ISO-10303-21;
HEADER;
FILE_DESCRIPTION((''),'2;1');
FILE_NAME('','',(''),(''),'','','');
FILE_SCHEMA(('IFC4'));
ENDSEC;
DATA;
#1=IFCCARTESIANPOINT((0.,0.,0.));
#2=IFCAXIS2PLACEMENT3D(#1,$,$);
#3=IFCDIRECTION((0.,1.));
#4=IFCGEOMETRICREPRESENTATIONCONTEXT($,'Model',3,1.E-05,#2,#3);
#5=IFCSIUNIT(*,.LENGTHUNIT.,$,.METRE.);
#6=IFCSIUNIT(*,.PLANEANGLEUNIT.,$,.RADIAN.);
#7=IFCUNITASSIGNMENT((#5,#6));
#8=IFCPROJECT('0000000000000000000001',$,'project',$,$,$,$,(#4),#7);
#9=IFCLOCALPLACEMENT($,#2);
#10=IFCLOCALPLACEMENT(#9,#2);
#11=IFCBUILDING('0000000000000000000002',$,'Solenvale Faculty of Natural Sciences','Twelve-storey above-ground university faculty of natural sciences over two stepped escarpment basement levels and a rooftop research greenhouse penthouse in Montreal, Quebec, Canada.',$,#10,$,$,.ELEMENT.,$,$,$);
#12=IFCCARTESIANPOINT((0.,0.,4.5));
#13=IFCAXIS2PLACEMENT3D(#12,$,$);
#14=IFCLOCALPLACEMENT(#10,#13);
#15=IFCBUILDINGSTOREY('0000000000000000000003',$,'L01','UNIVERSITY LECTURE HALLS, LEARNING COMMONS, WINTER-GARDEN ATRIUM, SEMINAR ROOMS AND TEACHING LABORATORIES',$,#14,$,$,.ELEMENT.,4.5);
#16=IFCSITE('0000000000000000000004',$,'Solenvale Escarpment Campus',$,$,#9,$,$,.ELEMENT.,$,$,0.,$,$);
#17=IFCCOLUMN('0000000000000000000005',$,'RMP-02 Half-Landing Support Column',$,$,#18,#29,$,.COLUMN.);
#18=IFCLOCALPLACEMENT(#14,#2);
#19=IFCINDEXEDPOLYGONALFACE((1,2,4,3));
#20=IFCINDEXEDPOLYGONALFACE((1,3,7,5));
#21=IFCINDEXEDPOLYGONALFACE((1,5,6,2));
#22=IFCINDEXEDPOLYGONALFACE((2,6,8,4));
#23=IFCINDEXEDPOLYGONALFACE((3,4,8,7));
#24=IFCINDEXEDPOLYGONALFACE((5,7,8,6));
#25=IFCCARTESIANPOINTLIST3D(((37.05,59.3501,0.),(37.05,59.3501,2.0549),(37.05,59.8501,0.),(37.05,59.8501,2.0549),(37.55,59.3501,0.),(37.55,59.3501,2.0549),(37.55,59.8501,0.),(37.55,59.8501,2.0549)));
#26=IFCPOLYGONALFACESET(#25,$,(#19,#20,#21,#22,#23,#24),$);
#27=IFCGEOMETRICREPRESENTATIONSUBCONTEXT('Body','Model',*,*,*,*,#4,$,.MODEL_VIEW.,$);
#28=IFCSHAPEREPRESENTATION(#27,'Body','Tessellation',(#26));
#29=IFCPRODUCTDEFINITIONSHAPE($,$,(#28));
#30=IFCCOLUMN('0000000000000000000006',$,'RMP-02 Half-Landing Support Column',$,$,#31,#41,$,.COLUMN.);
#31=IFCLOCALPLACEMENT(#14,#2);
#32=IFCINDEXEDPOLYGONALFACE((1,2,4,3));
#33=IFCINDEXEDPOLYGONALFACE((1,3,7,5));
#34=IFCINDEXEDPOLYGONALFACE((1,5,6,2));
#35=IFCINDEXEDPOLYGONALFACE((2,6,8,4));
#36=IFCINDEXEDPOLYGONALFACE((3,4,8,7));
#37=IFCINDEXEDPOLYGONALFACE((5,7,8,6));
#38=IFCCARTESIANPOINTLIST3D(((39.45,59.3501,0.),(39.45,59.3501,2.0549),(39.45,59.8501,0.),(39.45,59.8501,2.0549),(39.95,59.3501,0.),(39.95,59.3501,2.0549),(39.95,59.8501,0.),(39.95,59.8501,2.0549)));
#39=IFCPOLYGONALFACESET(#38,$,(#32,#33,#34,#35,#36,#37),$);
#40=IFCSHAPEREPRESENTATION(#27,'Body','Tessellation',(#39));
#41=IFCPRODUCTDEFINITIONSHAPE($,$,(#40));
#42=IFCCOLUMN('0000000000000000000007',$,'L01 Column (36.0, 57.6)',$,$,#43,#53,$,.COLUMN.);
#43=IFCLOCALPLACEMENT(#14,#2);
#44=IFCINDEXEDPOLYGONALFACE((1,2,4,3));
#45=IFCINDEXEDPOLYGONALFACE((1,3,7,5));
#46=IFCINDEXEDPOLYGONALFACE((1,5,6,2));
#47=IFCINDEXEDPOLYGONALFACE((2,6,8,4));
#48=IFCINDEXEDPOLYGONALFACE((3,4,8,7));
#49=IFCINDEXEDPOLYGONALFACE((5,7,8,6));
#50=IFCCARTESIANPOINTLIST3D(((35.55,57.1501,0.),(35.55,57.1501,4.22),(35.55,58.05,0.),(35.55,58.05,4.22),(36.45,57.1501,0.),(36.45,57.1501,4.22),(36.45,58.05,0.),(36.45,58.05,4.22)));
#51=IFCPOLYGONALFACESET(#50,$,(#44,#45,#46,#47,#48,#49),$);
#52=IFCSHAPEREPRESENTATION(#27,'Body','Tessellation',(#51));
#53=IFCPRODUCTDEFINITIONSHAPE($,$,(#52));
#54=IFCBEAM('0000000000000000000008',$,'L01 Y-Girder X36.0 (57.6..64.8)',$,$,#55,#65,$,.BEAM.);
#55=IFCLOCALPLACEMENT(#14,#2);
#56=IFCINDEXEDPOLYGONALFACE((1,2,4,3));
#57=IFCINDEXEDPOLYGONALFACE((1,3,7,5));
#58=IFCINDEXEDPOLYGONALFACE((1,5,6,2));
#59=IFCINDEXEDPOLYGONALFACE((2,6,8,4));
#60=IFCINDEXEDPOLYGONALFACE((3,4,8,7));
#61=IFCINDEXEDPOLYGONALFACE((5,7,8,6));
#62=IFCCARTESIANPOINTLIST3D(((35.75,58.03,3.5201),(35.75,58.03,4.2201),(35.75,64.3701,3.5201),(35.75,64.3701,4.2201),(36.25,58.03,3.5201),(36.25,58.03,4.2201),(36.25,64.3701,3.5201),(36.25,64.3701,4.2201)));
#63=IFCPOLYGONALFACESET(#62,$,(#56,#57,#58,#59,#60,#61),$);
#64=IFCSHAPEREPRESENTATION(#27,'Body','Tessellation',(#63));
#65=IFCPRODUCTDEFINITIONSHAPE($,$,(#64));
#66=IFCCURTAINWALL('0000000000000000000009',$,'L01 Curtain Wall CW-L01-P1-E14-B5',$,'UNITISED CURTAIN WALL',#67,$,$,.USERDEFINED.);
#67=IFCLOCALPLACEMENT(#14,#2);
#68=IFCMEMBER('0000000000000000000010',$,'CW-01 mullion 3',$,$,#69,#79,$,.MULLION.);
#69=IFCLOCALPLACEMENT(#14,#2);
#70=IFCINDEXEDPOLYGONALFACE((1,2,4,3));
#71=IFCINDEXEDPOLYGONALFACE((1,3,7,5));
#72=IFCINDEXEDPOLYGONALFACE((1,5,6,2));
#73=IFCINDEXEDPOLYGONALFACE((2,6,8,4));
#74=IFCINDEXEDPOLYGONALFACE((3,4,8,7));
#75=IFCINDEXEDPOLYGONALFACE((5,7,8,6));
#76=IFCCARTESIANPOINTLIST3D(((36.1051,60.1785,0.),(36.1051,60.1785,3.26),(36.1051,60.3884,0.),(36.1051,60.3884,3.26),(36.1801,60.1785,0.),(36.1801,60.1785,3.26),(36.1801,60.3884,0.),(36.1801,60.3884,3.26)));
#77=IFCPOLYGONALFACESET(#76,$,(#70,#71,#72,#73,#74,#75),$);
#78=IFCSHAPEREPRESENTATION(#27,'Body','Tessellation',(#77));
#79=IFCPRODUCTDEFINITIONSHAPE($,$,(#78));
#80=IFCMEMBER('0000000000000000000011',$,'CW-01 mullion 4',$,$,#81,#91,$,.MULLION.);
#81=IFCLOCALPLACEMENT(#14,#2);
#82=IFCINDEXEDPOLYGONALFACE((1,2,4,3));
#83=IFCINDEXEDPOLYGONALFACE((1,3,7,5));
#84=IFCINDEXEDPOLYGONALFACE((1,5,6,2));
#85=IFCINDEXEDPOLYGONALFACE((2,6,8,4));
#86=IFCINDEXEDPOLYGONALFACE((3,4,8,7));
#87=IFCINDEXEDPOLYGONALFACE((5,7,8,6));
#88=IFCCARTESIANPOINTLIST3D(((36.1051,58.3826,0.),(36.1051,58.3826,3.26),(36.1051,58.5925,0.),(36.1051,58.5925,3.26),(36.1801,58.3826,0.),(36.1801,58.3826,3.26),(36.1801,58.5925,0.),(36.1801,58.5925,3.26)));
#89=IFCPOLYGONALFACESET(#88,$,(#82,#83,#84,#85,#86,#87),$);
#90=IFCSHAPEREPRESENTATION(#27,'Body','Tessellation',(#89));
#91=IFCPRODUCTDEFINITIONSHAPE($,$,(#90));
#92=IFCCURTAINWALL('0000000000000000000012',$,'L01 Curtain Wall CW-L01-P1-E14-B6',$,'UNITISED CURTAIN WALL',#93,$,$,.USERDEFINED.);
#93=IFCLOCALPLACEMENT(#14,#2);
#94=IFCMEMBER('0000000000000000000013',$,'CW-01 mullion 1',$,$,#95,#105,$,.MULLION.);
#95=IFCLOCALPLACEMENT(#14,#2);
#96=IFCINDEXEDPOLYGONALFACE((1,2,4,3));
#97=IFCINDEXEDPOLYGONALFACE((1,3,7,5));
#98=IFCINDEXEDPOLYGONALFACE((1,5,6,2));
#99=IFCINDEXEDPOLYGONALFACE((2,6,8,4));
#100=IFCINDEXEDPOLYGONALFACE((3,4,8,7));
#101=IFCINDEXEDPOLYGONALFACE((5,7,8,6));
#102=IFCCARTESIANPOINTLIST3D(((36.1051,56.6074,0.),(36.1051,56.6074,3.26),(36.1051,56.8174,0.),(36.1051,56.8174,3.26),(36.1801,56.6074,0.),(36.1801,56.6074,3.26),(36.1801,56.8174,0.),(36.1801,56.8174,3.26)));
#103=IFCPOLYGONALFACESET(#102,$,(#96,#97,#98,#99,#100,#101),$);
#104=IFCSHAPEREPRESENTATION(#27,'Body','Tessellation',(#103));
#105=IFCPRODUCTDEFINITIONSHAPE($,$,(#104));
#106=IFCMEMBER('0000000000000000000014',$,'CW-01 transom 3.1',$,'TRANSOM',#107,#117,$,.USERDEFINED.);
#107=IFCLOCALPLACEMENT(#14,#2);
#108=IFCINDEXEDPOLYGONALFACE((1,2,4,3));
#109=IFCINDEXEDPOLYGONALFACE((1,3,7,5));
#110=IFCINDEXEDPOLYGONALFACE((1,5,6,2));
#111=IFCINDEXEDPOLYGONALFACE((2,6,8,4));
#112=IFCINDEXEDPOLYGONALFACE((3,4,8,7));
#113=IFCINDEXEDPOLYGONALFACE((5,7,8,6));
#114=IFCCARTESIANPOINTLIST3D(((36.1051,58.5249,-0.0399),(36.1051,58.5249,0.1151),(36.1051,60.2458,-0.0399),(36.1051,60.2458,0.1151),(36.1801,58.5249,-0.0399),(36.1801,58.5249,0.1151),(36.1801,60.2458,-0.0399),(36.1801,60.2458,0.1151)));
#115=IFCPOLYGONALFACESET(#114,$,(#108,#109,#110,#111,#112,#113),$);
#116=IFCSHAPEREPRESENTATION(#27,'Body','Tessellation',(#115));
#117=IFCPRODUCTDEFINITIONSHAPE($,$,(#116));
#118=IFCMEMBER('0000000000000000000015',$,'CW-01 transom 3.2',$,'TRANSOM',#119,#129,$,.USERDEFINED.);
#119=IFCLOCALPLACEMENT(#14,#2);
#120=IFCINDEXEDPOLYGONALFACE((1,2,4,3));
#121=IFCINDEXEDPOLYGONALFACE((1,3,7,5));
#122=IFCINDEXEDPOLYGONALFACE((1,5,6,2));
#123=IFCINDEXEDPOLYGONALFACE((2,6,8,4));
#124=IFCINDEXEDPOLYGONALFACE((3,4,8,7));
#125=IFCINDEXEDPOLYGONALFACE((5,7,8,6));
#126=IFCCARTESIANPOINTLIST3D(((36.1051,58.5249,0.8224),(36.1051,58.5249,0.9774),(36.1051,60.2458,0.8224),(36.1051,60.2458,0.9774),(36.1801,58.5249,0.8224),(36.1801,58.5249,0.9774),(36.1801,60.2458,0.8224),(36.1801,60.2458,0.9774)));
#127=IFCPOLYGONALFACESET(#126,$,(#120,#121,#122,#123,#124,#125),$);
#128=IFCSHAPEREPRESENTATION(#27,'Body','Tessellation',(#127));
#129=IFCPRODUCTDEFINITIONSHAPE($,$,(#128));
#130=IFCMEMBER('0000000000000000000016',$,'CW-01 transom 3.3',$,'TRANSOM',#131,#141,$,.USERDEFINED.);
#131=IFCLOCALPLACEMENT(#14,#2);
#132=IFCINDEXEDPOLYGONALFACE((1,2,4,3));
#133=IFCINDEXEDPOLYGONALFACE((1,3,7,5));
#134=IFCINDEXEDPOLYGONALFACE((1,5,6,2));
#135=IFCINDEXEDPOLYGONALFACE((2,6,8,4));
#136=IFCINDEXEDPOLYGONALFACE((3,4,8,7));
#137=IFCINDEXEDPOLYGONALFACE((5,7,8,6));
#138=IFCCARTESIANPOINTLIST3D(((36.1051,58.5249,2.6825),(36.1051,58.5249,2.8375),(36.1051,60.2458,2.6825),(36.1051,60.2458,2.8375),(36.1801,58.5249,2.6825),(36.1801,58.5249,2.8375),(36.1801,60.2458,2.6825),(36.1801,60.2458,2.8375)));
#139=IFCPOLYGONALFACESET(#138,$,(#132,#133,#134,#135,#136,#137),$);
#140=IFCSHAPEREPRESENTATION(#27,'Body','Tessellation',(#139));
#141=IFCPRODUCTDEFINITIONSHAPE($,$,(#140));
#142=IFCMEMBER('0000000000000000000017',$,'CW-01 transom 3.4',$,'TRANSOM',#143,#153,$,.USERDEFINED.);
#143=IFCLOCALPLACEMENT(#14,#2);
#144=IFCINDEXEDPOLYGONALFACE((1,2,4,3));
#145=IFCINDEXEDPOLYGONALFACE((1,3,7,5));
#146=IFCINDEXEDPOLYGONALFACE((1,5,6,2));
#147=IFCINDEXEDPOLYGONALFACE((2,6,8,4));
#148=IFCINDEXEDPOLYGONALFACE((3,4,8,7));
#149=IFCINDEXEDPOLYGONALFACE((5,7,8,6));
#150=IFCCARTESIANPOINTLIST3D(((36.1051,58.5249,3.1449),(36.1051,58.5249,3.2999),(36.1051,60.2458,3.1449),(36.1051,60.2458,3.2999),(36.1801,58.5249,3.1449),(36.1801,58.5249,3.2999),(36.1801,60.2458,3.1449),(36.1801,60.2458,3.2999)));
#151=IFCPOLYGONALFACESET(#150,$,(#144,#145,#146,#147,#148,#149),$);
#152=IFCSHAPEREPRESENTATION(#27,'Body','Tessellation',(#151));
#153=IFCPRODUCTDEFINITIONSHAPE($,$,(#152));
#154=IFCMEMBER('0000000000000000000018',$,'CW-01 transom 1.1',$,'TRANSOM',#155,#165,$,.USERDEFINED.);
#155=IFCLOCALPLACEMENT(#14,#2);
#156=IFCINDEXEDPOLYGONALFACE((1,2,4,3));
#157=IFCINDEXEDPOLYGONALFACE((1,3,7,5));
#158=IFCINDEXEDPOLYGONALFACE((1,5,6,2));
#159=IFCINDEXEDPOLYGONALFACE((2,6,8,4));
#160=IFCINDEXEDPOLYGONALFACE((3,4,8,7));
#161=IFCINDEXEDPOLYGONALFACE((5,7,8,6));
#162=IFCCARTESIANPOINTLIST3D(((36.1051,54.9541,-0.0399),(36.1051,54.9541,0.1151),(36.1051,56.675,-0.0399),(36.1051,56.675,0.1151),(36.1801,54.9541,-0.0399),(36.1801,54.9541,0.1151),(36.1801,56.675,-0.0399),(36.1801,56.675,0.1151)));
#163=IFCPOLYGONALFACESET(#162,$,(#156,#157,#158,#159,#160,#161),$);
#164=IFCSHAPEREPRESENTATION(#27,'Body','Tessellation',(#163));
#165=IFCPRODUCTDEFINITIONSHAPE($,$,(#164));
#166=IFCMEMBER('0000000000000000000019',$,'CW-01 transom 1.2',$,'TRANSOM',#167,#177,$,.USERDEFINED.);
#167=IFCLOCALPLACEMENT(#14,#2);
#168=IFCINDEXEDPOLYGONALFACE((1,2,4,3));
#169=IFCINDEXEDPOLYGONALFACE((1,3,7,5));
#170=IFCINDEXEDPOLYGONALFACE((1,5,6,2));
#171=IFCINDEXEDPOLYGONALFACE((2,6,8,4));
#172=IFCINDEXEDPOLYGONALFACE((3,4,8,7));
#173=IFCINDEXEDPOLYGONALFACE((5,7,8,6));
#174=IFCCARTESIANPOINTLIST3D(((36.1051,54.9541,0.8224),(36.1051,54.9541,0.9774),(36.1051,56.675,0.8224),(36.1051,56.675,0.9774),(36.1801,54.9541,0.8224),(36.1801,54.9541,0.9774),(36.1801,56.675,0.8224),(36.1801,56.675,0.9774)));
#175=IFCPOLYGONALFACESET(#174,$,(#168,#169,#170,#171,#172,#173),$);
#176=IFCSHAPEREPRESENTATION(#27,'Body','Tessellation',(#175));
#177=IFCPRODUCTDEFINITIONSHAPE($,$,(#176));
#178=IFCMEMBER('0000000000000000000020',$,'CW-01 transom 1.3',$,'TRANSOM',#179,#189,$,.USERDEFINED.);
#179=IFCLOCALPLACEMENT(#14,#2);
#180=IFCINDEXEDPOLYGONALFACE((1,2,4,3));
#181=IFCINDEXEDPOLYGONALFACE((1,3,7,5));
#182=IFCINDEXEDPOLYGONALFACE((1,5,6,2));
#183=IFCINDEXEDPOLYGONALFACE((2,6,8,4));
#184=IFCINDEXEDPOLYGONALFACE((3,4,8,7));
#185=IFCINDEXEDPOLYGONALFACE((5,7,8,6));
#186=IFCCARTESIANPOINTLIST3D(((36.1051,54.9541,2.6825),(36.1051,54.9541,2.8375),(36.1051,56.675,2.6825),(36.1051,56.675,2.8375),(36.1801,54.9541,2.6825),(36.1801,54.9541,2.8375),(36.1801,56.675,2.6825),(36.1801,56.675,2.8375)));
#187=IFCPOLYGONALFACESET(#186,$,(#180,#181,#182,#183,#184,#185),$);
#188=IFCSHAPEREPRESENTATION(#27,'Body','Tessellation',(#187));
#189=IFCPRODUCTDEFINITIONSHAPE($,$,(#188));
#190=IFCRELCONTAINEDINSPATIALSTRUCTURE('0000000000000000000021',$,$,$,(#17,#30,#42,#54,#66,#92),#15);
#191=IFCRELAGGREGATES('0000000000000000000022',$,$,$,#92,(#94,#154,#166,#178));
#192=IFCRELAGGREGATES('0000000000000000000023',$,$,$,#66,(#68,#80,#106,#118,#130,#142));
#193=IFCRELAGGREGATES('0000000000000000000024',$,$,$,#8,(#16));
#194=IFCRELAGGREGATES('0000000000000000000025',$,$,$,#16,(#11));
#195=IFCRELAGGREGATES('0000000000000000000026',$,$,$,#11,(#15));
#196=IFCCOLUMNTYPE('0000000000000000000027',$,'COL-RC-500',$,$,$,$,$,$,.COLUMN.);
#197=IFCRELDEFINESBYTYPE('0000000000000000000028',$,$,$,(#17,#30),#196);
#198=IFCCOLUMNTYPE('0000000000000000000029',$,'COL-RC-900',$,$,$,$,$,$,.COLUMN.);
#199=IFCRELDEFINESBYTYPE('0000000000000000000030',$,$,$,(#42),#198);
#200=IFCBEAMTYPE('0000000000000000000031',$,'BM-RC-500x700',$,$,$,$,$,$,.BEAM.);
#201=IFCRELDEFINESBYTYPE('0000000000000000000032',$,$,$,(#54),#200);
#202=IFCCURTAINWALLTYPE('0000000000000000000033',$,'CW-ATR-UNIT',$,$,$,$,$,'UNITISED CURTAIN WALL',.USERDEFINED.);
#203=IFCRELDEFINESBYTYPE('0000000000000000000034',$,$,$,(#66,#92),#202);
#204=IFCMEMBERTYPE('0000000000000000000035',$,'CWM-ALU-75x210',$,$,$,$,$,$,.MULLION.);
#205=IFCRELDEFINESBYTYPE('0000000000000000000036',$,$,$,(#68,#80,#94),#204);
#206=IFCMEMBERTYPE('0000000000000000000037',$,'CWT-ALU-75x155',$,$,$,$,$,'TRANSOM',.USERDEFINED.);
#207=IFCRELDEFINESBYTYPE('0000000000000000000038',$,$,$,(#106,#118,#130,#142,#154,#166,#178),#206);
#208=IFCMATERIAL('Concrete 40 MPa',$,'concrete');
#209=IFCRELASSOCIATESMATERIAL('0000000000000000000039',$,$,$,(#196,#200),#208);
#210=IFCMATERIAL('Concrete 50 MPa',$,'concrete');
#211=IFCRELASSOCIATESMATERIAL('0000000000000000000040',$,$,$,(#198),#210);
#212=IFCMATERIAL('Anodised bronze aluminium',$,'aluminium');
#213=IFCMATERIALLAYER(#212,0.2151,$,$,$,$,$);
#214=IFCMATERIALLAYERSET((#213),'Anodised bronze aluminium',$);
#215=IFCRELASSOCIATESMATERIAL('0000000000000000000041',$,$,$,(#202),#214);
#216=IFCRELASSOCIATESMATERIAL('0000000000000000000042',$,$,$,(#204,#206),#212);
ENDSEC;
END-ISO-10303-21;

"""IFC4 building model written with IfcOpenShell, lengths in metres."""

from ifc_helpers import new_model, si_unit, direction, frame, origin, origin_2d, place, context, subcontext, project, spatial, rectangle, extrude, material, layer, layer_set, material_profile, profile_set, type_object, element, aggregate, save


model = new_model("IFC4")

# Units and contexts
model_context = context("Model", 3, precision=1e-05, world=origin(), true_north=direction((0.0, 1.0)))
body_context = subcontext(model_context, "Body", "Model", "MODEL_VIEW")
ifc_project = project(units=[si_unit("LENGTHUNIT", "METRE"), si_unit("PLANEANGLEUNIT", "RADIAN")], contexts=[model_context])

# Site, building, storey
site_placement = place(None, origin())
site = spatial("IfcSite", under=ifc_project, at=site_placement, Name="Solenvale Escarpment Campus", CompositionType="ELEMENT", RefElevation=0.0)
building_placement = place(site_placement, origin())
building = spatial("IfcBuilding", under=site, at=building_placement, Name="Solenvale Faculty of Natural Sciences", Description="Twelve-storey above-ground university faculty of natural sciences over two stepped escarpment basement levels and a rooftop research greenhouse penthouse in Montreal, Quebec, Canada.", CompositionType="ELEMENT")
storey_placement = place(building_placement, frame((0.0, 0.0, 4.5)))
storey = spatial("IfcBuildingStorey", under=building, at=storey_placement, Name="L01", Description="UNIVERSITY LECTURE HALLS, LEARNING COMMONS, WINTER-GARDEN ATRIUM, SEMINAR ROOMS AND TEACHING LABORATORIES", CompositionType="ELEMENT", Elevation=4.5)

# Columns
ifc_material_1 = material(Name="Concrete 40 MPa", Category="concrete")
ifc_material_profile_1 = material_profile(ifc_material_1, rectangle(XDim=0.5, YDim=0.5, at=origin_2d()), Name="RC-COL-500x500")
ifc_profile_set_1 = profile_set([ifc_material_profile_1], Name="Concrete 40 MPa")
column_type_1 = type_object("IfcColumnType", Name="COL-RC-500", PredefinedType="COLUMN", material=ifc_profile_set_1)
for number, where, z_axis, x_axis, name in (
    (1, (37.3, 59.6001, 0.0), (0.0, 0.0, 1.0), (1.0, 0.0, 0.0), "RMP-02 Half-Landing Support Column"),
    (2, (39.7, 59.6001, 0.0), (0.0, 0.0, 1.0), (1.0, 0.0, 0.0), "RMP-02 Half-Landing Support Column"),
):
    element("IfcColumn", number, at=place(storey_placement, frame(where, z_axis=z_axis, x_axis=x_axis)), inside=storey, type_object=column_type_1, Name=name, PredefinedType="COLUMN", context=body_context, shape_type="SweptSolid", body=[
        extrude(rectangle(XDim=0.5, YDim=0.5, at=origin_2d()), origin(), (0.0, 0.0, 1.0), 2.0549),
    ])
ifc_material_2 = material(Name="Concrete 50 MPa", Category="concrete")
ifc_material_profile_2 = material_profile(ifc_material_2, rectangle(XDim=0.8999, YDim=0.8999, at=origin_2d()), Name="RC-COL-900x900")
ifc_profile_set_2 = profile_set([ifc_material_profile_2], Name="Concrete 50 MPa")
column_type_2 = type_object("IfcColumnType", Name="COL-RC-900", PredefinedType="COLUMN", material=ifc_profile_set_2)
column_placement = place(storey_placement, frame((36.0, 57.6001, 0.0), z_axis=(0.0, 0.0, 1.0), x_axis=(1.0, 0.0, 0.0)))
element("IfcColumn", 3, at=column_placement, inside=storey, type_object=column_type_2, Name="L01 Column (36.0, 57.6)", PredefinedType="COLUMN", context=body_context, shape_type="SweptSolid", body=[
    extrude(rectangle(XDim=0.8999, YDim=0.8999, at=origin_2d()), origin(), (0.0, 0.0, 1.0), 4.22),
])

# Beam
ifc_material_profile_3 = material_profile(ifc_material_1, rectangle(XDim=0.5, YDim=0.7, at=origin_2d()), Name="RC-BM-500x700")
ifc_profile_set_3 = profile_set([ifc_material_profile_3], Name="Concrete 40 MPa")
beam_type = type_object("IfcBeamType", Name="BM-RC-500x700", PredefinedType="BEAM", material=ifc_profile_set_3)
beam_placement = place(storey_placement, frame((36.0, 58.03, 3.8701), z_axis=(0.0, 1.0, 0.0), x_axis=(-1.0, 0.0, 0.0)))
element("IfcBeam", 4, at=beam_placement, inside=storey, type_object=beam_type, Name="L01 Y-Girder X36.0 (57.6..64.8)", PredefinedType="BEAM", context=body_context, shape_type="SweptSolid", body=[
    extrude(rectangle(XDim=0.5, YDim=0.7, at=origin_2d()), origin(), (0.0, 0.0, 1.0), 6.3401),
])

# Curtain wall, members
ifc_material_3 = material(Name="Anodised bronze aluminium", Category="aluminium")
ifc_layer_1 = layer(ifc_material_3, 0.2151)
ifc_layer_set_1 = layer_set([ifc_layer_1], Name="Anodised bronze aluminium")
curtain_wall_type = type_object("IfcCurtainWallType", Name="CW-ATR-UNIT", ElementType="UNITISED CURTAIN WALL", PredefinedType="USERDEFINED", material=ifc_layer_set_1)
curtain_wall_1_placement = place(storey_placement, origin())
curtain_wall_1 = element("IfcCurtainWall", 5, at=curtain_wall_1_placement, inside=storey, type_object=curtain_wall_type, Name="L01 Curtain Wall CW-L01-P1-E14-B5", ObjectType="UNITISED CURTAIN WALL", PredefinedType="USERDEFINED")
ifc_material_profile_4 = material_profile(ifc_material_3, rectangle(XDim=0.075, YDim=0.21, at=origin_2d()), Name="ALU-MUL-75x210")
ifc_profile_set_4 = profile_set([ifc_material_profile_4], Name="Anodised bronze aluminium")
member_type_1 = type_object("IfcMemberType", Name="CWM-ALU-75x210", PredefinedType="MULLION", material=ifc_profile_set_4)
member_1_placement = place(storey_placement, frame((36.1426, 60.2834, 0.0), z_axis=(0.0, 0.0, 1.0), x_axis=(1.0, 0.0, 0.0)))
member_1 = element("IfcMember", 6, at=member_1_placement, type_object=member_type_1, Name="CW-01 mullion 3", PredefinedType="MULLION", context=body_context, shape_type="SweptSolid", body=[
    extrude(rectangle(XDim=0.075, YDim=0.21, at=origin_2d()), origin(), (0.0, 0.0, 1.0), 3.26),
])
member_2_placement = place(storey_placement, frame((36.1426, 58.4875, 0.0), z_axis=(0.0, 0.0, 1.0), x_axis=(1.0, 0.0, 0.0)))
member_2 = element("IfcMember", 7, at=member_2_placement, type_object=member_type_1, Name="CW-01 mullion 4", PredefinedType="MULLION", context=body_context, shape_type="SweptSolid", body=[
    extrude(rectangle(XDim=0.075, YDim=0.21, at=origin_2d()), origin(), (0.0, 0.0, 1.0), 3.26),
])

# Curtain wall, member
curtain_wall_2_placement = place(storey_placement, origin())
curtain_wall_2 = element("IfcCurtainWall", 8, at=curtain_wall_2_placement, inside=storey, type_object=curtain_wall_type, Name="L01 Curtain Wall CW-L01-P1-E14-B6", ObjectType="UNITISED CURTAIN WALL", PredefinedType="USERDEFINED")
member_3_placement = place(storey_placement, frame((36.1426, 56.7124, 0.0), z_axis=(0.0, 0.0, 1.0), x_axis=(1.0, 0.0, 0.0)))
member_3 = element("IfcMember", 9, at=member_3_placement, type_object=member_type_1, Name="CW-01 mullion 1", PredefinedType="MULLION", context=body_context, shape_type="SweptSolid", body=[
    extrude(rectangle(XDim=0.075, YDim=0.21, at=origin_2d()), origin(), (0.0, 0.0, 1.0), 3.26),
])

# Members
ifc_material_profile_5 = material_profile(ifc_material_3, rectangle(XDim=0.075, YDim=0.155, at=origin_2d()), Name="ALU-TRN-75x155")
ifc_profile_set_5 = profile_set([ifc_material_profile_5], Name="Anodised bronze aluminium")
member_type_2 = type_object("IfcMemberType", Name="CWT-ALU-75x155", ElementType="TRANSOM", PredefinedType="USERDEFINED", material=ifc_profile_set_5)
member_4_placement = place(storey_placement, frame((36.1426, 60.2458, 0.0376), z_axis=(0.0, -1.0, 0.0), x_axis=(1.0, 0.0, 0.0)))
member_4 = element("IfcMember", 10, at=member_4_placement, type_object=member_type_2, Name="CW-01 transom 3.1", ObjectType="TRANSOM", PredefinedType="USERDEFINED", context=body_context, shape_type="SweptSolid", body=[
    extrude(rectangle(XDim=0.075, YDim=0.155, at=origin_2d()), origin(), (0.0, 0.0, 1.0), 1.7209),
])
member_5_placement = place(storey_placement, frame((36.1426, 60.2458, 0.8999), z_axis=(0.0, -1.0, 0.0), x_axis=(1.0, 0.0, 0.0)))
member_5 = element("IfcMember", 11, at=member_5_placement, type_object=member_type_2, Name="CW-01 transom 3.2", ObjectType="TRANSOM", PredefinedType="USERDEFINED", context=body_context, shape_type="SweptSolid", body=[
    extrude(rectangle(XDim=0.075, YDim=0.155, at=origin_2d()), origin(), (0.0, 0.0, 1.0), 1.7209),
])
member_6_placement = place(storey_placement, frame((36.1426, 60.2458, 2.76), z_axis=(0.0, -1.0, 0.0), x_axis=(1.0, 0.0, 0.0)))
member_6 = element("IfcMember", 12, at=member_6_placement, type_object=member_type_2, Name="CW-01 transom 3.3", ObjectType="TRANSOM", PredefinedType="USERDEFINED", context=body_context, shape_type="SweptSolid", body=[
    extrude(rectangle(XDim=0.075, YDim=0.155, at=origin_2d()), origin(), (0.0, 0.0, 1.0), 1.7209),
])
member_7_placement = place(storey_placement, frame((36.1426, 60.2458, 3.2224), z_axis=(0.0, -1.0, 0.0), x_axis=(1.0, 0.0, 0.0)))
member_7 = element("IfcMember", 13, at=member_7_placement, type_object=member_type_2, Name="CW-01 transom 3.4", ObjectType="TRANSOM", PredefinedType="USERDEFINED", context=body_context, shape_type="SweptSolid", body=[
    extrude(rectangle(XDim=0.075, YDim=0.155, at=origin_2d()), origin(), (0.0, 0.0, 1.0), 1.7209),
])
member_8_placement = place(storey_placement, frame((36.1426, 56.675, 0.0376), z_axis=(0.0, -1.0, 0.0), x_axis=(1.0, 0.0, 0.0)))
member_8 = element("IfcMember", 14, at=member_8_placement, type_object=member_type_2, Name="CW-01 transom 1.1", ObjectType="TRANSOM", PredefinedType="USERDEFINED", context=body_context, shape_type="SweptSolid", body=[
    extrude(rectangle(XDim=0.075, YDim=0.155, at=origin_2d()), origin(), (0.0, 0.0, 1.0), 1.7209),
])
member_9_placement = place(storey_placement, frame((36.1426, 56.675, 0.8999), z_axis=(0.0, -1.0, 0.0), x_axis=(1.0, 0.0, 0.0)))
member_9 = element("IfcMember", 15, at=member_9_placement, type_object=member_type_2, Name="CW-01 transom 1.2", ObjectType="TRANSOM", PredefinedType="USERDEFINED", context=body_context, shape_type="SweptSolid", body=[
    extrude(rectangle(XDim=0.075, YDim=0.155, at=origin_2d()), origin(), (0.0, 0.0, 1.0), 1.7209),
])
member_10_placement = place(storey_placement, frame((36.1426, 56.675, 2.76), z_axis=(0.0, -1.0, 0.0), x_axis=(1.0, 0.0, 0.0)))
member_10 = element("IfcMember", 16, at=member_10_placement, type_object=member_type_2, Name="CW-01 transom 1.3", ObjectType="TRANSOM", PredefinedType="USERDEFINED", context=body_context, shape_type="SweptSolid", body=[
    extrude(rectangle(XDim=0.075, YDim=0.155, at=origin_2d()), origin(), (0.0, 0.0, 1.0), 1.7209),
])
aggregate(curtain_wall_2, [member_3, member_8, member_9, member_10])

aggregate(curtain_wall_1, [member_1, member_2, member_4, member_5, member_6, member_7])

save(model, "model.ifc")
